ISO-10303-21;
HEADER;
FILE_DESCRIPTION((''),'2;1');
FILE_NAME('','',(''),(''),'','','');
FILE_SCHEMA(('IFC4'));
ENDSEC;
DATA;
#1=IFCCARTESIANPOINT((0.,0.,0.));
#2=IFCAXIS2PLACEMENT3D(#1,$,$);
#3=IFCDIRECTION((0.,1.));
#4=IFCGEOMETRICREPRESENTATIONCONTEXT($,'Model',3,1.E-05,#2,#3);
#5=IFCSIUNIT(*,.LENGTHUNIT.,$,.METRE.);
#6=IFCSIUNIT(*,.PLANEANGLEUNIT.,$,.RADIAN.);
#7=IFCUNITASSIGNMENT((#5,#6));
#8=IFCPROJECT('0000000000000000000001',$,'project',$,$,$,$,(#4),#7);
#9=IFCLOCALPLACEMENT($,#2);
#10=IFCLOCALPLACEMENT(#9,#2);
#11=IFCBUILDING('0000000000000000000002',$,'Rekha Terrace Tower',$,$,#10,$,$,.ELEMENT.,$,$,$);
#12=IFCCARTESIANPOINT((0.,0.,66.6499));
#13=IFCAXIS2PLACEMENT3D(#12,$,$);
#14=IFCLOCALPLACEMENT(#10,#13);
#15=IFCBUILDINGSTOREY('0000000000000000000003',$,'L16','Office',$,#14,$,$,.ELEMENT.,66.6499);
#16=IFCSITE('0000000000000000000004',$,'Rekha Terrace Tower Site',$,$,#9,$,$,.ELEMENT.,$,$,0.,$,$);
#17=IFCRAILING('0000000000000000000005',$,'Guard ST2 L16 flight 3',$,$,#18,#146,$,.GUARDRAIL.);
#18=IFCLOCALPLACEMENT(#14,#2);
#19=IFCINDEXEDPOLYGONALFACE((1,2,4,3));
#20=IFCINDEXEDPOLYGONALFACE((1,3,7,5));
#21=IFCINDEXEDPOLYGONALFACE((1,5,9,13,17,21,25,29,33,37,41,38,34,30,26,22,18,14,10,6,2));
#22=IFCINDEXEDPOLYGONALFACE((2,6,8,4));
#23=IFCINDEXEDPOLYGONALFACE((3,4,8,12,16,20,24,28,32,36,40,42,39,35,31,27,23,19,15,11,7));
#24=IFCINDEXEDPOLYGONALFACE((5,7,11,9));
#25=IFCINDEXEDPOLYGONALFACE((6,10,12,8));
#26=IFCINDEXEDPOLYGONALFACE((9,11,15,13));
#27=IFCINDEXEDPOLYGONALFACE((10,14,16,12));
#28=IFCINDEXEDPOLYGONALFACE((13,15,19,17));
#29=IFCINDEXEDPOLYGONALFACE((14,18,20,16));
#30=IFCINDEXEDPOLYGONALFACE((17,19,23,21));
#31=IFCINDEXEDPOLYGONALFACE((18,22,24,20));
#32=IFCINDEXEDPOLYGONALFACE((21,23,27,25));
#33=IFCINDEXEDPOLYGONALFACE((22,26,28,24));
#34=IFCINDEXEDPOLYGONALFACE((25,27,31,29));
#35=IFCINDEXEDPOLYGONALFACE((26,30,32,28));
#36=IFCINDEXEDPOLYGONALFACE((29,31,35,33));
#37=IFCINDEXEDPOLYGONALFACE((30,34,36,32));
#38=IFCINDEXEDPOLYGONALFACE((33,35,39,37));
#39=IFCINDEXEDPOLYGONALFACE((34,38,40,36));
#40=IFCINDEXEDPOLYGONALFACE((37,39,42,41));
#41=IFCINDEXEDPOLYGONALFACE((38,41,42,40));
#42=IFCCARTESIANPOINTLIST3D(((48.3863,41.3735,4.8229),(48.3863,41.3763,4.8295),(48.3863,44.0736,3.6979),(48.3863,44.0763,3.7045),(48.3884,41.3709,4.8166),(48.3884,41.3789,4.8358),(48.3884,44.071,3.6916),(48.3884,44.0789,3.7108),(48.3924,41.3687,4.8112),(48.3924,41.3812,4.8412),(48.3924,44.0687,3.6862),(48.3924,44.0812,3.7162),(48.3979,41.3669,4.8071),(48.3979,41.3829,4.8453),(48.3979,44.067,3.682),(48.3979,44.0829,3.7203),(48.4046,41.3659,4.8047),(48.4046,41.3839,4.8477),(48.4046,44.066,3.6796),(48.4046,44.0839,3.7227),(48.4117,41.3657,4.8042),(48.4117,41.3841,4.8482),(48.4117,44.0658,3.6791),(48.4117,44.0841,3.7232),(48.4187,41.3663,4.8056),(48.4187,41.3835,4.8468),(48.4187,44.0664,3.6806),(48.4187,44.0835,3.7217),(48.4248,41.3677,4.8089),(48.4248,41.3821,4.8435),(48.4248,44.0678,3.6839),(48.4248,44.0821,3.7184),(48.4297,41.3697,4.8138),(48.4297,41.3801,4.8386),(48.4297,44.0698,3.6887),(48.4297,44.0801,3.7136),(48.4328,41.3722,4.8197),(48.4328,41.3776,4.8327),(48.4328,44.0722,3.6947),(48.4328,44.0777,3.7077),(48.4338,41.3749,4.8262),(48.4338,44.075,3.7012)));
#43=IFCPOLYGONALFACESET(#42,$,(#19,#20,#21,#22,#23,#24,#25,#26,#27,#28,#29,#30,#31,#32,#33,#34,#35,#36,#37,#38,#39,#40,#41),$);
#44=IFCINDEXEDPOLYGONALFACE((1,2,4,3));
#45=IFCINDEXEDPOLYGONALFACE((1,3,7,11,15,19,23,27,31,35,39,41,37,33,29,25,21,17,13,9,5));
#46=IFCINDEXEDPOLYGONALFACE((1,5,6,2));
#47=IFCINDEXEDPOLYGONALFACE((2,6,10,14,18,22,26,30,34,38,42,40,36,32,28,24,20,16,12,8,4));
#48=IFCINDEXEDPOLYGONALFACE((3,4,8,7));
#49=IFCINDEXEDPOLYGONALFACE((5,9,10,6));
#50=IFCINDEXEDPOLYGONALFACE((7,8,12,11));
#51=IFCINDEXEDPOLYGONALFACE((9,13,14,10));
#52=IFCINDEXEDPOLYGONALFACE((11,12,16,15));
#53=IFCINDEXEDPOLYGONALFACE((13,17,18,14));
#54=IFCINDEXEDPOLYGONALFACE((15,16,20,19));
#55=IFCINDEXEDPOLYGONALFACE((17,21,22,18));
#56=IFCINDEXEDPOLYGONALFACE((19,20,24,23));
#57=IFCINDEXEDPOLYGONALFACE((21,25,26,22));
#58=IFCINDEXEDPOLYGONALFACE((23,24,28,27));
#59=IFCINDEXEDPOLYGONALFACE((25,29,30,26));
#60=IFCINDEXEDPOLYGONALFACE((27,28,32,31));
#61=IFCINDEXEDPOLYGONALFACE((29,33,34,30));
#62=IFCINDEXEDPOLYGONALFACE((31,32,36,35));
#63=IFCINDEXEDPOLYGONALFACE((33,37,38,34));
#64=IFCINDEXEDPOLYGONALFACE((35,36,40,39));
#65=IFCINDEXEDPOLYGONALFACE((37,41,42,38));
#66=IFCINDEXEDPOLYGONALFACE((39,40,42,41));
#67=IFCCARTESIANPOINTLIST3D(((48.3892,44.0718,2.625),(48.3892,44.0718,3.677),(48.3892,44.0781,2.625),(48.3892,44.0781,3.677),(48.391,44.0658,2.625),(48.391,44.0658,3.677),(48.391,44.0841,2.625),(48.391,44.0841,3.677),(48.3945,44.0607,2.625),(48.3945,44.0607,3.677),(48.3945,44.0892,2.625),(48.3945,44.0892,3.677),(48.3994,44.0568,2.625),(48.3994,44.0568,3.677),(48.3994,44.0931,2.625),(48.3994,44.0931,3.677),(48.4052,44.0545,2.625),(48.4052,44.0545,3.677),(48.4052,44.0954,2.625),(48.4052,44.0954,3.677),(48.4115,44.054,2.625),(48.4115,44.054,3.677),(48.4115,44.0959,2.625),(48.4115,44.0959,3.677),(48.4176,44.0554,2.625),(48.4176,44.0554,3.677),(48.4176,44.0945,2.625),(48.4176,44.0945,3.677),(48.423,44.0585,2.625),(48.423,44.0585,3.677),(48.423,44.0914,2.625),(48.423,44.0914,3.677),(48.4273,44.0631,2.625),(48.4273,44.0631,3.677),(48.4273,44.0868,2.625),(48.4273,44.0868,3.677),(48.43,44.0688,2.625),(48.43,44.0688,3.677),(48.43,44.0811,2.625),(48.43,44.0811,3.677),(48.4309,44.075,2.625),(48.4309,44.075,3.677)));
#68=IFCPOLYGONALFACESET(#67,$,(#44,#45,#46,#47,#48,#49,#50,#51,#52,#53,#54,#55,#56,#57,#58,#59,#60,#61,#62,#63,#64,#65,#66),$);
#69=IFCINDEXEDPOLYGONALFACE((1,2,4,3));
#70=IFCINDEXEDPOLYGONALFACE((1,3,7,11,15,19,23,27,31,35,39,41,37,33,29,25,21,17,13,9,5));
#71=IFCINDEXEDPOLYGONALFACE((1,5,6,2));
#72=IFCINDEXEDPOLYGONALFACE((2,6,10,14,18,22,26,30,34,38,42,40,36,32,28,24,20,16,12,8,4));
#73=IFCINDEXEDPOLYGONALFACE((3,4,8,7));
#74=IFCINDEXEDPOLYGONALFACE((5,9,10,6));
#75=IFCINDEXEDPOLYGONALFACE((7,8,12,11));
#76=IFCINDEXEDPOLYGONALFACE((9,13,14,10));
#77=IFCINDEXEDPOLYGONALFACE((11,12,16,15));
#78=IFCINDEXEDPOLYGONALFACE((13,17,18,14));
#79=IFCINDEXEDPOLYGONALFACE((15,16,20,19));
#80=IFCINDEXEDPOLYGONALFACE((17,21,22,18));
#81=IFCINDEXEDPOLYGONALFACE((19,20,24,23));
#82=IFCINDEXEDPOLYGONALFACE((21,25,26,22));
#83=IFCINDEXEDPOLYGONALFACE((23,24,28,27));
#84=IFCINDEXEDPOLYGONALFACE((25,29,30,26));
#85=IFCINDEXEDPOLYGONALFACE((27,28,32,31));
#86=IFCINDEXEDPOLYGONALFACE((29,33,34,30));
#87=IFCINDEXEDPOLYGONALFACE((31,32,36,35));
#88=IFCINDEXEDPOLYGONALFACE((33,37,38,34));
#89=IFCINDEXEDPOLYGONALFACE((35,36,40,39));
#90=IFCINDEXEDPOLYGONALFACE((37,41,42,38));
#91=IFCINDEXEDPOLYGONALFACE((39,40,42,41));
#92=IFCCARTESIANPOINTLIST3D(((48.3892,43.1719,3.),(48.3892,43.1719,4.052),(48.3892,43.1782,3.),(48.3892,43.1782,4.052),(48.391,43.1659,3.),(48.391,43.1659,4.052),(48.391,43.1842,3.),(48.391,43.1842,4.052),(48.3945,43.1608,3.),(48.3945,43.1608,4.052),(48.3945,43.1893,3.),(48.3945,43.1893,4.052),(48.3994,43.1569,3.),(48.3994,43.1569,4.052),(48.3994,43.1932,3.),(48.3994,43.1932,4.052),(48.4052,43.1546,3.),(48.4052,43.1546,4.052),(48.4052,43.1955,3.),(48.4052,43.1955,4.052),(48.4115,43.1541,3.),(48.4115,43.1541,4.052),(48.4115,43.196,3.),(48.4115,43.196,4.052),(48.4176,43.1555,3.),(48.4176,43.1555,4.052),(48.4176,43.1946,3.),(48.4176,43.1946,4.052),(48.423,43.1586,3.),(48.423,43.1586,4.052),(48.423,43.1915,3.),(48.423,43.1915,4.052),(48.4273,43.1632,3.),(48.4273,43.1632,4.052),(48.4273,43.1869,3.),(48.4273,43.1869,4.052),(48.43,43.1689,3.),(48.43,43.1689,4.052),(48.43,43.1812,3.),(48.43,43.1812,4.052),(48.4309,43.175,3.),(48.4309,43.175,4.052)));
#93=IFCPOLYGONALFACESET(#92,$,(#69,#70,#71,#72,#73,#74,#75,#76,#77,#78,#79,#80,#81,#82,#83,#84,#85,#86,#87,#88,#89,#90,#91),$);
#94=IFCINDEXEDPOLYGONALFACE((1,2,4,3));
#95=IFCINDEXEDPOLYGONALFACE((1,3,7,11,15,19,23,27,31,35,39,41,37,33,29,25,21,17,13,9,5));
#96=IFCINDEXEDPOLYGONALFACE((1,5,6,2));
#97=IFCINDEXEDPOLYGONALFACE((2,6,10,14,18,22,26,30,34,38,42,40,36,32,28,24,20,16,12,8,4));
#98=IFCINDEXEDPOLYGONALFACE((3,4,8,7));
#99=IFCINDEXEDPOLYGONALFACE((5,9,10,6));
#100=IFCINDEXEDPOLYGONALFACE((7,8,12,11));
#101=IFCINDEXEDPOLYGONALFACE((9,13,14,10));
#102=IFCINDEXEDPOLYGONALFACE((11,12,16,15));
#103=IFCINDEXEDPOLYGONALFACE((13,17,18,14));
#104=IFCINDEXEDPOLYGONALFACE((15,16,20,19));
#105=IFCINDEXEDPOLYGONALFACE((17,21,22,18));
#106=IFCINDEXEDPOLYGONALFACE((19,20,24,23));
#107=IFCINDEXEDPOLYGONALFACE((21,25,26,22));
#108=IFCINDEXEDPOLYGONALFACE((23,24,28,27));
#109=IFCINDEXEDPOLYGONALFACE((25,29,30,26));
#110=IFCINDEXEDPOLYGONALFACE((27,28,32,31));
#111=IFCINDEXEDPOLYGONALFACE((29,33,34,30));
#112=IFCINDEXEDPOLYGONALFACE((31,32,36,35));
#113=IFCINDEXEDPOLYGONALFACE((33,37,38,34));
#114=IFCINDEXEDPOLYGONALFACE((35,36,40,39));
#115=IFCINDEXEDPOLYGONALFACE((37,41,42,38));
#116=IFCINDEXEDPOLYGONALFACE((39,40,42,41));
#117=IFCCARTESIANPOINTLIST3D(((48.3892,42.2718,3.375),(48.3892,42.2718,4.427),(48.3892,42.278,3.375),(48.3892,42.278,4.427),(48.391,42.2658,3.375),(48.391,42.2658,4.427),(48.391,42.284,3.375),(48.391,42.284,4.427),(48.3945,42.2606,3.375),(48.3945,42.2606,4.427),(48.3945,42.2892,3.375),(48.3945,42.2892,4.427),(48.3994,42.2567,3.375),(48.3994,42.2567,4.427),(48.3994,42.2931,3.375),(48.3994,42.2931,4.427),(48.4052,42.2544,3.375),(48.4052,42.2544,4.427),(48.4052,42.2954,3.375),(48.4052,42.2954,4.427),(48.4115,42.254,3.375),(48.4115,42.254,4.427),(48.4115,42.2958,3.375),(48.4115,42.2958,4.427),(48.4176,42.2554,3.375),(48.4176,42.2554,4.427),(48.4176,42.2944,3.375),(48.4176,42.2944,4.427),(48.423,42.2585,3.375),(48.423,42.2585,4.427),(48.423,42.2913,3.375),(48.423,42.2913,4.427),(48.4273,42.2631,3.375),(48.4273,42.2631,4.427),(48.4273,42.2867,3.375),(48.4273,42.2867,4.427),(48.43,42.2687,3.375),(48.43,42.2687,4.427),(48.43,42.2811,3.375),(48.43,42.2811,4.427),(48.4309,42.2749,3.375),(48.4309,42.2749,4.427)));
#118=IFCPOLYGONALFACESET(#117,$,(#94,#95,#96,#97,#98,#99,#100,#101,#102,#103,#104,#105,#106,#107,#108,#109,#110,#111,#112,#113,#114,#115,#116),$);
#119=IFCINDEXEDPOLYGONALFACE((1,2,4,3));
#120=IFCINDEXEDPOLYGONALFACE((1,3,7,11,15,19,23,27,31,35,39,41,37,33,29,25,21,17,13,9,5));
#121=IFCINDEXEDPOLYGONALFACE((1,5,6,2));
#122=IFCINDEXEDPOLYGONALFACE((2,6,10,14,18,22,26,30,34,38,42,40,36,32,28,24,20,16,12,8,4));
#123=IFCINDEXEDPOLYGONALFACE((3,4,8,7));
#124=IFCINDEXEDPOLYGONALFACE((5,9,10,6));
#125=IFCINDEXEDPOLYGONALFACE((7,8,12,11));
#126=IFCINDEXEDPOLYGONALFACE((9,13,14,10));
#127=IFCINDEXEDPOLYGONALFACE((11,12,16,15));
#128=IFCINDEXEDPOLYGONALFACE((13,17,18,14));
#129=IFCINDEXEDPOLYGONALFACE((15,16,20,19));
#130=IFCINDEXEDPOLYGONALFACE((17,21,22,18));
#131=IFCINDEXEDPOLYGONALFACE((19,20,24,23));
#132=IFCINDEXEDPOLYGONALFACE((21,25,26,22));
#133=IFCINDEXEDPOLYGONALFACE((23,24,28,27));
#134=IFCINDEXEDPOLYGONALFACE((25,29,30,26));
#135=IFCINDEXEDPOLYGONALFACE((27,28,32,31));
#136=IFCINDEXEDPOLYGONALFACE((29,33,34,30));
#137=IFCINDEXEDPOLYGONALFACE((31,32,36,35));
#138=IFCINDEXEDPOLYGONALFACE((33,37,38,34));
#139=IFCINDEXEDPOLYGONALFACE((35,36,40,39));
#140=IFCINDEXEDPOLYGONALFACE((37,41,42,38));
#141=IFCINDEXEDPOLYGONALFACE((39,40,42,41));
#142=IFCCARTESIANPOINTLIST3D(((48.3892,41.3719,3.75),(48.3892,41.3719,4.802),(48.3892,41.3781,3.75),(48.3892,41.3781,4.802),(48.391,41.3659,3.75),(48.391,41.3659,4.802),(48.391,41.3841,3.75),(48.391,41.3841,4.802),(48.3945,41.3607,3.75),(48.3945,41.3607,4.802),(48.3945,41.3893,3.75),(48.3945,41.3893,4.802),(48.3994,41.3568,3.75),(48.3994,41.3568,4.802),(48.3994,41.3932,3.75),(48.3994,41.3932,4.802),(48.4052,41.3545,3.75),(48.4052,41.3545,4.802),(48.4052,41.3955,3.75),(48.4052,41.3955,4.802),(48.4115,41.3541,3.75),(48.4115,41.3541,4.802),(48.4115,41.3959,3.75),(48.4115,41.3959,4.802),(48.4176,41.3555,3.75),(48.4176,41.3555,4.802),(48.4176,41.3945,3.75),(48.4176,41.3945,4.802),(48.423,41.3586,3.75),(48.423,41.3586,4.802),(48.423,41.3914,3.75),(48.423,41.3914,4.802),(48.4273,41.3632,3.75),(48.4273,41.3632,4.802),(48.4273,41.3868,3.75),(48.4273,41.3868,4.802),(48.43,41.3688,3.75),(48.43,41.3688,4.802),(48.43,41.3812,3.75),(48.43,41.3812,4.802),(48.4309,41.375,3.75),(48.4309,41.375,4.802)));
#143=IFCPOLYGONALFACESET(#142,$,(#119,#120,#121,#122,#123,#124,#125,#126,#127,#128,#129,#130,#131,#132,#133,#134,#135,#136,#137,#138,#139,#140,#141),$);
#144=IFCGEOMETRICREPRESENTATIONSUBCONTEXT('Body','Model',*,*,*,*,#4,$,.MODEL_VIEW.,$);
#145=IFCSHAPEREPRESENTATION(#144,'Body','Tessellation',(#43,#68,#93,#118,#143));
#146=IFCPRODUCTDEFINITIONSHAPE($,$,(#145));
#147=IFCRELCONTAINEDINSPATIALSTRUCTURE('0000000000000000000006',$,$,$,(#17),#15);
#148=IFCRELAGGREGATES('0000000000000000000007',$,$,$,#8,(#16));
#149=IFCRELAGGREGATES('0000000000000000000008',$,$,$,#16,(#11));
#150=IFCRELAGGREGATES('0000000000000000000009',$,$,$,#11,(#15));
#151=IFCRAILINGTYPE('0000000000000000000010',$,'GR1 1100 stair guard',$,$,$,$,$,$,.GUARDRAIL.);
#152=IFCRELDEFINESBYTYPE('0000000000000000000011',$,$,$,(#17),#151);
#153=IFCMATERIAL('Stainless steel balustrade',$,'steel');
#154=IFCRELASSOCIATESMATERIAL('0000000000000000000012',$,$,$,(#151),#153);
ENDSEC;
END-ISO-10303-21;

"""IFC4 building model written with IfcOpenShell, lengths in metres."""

from ifc_helpers import new_model, si_unit, direction, frame, origin, origin_2d, place, context, subcontext, project, spatial, circle, extrude, material, type_object, element, save


model = new_model("IFC4")

# Units and contexts
model_context = context("Model", 3, precision=1e-05, world=origin(), true_north=direction((0.0, 1.0)))
body_context = subcontext(model_context, "Body", "Model", "MODEL_VIEW")
ifc_project = project(units=[si_unit("LENGTHUNIT", "METRE"), si_unit("PLANEANGLEUNIT", "RADIAN")], contexts=[model_context])

# Site, building, storey
site_placement = place(None, origin())
site = spatial("IfcSite", under=ifc_project, at=site_placement, Name="Rekha Terrace Tower Site", CompositionType="ELEMENT", RefElevation=0.0)
building_placement = place(site_placement, origin())
building = spatial("IfcBuilding", under=site, at=building_placement, Name="Rekha Terrace Tower", CompositionType="ELEMENT")
storey_placement = place(building_placement, frame((0.0, 0.0, 66.6499)))
storey = spatial("IfcBuildingStorey", under=building, at=storey_placement, Name="L16", Description="Office", CompositionType="ELEMENT", Elevation=66.6499)

# Railing
ifc_material_1 = material(Name="Stainless steel balustrade", Category="steel")
railing_type_1 = type_object("IfcRailingType", Name="GR1 1100 stair guard", PredefinedType="GUARDRAIL", material=ifc_material_1)
railing_1_placement = place(storey_placement, frame((48.4099, 44.075, 2.625)))
element("IfcRailing", 1, at=railing_1_placement, inside=storey, type_object=railing_type_1, Name="Guard ST2 L16 flight 3", PredefinedType="GUARDRAIL", context=body_context, shape_type="SweptSolid", body=[
    extrude(circle(Radius=0.0239, at=origin_2d()), frame((0.0, 0.0, 1.0762), z_axis=(0.0, -0.923074, 0.384621), x_axis=(1.0, 0.0, 0.0)), (0.0, 0.0, 1.0), 2.925),
    extrude(circle(Radius=0.021, at=origin_2d()), origin(), (0.0, 0.0, 1.0), 1.052),
    extrude(circle(Radius=0.021, at=origin_2d()), frame((0.0, -0.8999, 0.375)), (0.0, 0.0, 1.0), 1.052),
    extrude(circle(Radius=0.021, at=origin_2d()), frame((0.0, -1.8, 0.75)), (0.0, 0.0, 1.0), 1.052),
    extrude(circle(Radius=0.021, at=origin_2d()), frame((0.0, -2.7, 1.125)), (0.0, 0.0, 1.0), 1.052),
])

save(model, "model.ifc")
